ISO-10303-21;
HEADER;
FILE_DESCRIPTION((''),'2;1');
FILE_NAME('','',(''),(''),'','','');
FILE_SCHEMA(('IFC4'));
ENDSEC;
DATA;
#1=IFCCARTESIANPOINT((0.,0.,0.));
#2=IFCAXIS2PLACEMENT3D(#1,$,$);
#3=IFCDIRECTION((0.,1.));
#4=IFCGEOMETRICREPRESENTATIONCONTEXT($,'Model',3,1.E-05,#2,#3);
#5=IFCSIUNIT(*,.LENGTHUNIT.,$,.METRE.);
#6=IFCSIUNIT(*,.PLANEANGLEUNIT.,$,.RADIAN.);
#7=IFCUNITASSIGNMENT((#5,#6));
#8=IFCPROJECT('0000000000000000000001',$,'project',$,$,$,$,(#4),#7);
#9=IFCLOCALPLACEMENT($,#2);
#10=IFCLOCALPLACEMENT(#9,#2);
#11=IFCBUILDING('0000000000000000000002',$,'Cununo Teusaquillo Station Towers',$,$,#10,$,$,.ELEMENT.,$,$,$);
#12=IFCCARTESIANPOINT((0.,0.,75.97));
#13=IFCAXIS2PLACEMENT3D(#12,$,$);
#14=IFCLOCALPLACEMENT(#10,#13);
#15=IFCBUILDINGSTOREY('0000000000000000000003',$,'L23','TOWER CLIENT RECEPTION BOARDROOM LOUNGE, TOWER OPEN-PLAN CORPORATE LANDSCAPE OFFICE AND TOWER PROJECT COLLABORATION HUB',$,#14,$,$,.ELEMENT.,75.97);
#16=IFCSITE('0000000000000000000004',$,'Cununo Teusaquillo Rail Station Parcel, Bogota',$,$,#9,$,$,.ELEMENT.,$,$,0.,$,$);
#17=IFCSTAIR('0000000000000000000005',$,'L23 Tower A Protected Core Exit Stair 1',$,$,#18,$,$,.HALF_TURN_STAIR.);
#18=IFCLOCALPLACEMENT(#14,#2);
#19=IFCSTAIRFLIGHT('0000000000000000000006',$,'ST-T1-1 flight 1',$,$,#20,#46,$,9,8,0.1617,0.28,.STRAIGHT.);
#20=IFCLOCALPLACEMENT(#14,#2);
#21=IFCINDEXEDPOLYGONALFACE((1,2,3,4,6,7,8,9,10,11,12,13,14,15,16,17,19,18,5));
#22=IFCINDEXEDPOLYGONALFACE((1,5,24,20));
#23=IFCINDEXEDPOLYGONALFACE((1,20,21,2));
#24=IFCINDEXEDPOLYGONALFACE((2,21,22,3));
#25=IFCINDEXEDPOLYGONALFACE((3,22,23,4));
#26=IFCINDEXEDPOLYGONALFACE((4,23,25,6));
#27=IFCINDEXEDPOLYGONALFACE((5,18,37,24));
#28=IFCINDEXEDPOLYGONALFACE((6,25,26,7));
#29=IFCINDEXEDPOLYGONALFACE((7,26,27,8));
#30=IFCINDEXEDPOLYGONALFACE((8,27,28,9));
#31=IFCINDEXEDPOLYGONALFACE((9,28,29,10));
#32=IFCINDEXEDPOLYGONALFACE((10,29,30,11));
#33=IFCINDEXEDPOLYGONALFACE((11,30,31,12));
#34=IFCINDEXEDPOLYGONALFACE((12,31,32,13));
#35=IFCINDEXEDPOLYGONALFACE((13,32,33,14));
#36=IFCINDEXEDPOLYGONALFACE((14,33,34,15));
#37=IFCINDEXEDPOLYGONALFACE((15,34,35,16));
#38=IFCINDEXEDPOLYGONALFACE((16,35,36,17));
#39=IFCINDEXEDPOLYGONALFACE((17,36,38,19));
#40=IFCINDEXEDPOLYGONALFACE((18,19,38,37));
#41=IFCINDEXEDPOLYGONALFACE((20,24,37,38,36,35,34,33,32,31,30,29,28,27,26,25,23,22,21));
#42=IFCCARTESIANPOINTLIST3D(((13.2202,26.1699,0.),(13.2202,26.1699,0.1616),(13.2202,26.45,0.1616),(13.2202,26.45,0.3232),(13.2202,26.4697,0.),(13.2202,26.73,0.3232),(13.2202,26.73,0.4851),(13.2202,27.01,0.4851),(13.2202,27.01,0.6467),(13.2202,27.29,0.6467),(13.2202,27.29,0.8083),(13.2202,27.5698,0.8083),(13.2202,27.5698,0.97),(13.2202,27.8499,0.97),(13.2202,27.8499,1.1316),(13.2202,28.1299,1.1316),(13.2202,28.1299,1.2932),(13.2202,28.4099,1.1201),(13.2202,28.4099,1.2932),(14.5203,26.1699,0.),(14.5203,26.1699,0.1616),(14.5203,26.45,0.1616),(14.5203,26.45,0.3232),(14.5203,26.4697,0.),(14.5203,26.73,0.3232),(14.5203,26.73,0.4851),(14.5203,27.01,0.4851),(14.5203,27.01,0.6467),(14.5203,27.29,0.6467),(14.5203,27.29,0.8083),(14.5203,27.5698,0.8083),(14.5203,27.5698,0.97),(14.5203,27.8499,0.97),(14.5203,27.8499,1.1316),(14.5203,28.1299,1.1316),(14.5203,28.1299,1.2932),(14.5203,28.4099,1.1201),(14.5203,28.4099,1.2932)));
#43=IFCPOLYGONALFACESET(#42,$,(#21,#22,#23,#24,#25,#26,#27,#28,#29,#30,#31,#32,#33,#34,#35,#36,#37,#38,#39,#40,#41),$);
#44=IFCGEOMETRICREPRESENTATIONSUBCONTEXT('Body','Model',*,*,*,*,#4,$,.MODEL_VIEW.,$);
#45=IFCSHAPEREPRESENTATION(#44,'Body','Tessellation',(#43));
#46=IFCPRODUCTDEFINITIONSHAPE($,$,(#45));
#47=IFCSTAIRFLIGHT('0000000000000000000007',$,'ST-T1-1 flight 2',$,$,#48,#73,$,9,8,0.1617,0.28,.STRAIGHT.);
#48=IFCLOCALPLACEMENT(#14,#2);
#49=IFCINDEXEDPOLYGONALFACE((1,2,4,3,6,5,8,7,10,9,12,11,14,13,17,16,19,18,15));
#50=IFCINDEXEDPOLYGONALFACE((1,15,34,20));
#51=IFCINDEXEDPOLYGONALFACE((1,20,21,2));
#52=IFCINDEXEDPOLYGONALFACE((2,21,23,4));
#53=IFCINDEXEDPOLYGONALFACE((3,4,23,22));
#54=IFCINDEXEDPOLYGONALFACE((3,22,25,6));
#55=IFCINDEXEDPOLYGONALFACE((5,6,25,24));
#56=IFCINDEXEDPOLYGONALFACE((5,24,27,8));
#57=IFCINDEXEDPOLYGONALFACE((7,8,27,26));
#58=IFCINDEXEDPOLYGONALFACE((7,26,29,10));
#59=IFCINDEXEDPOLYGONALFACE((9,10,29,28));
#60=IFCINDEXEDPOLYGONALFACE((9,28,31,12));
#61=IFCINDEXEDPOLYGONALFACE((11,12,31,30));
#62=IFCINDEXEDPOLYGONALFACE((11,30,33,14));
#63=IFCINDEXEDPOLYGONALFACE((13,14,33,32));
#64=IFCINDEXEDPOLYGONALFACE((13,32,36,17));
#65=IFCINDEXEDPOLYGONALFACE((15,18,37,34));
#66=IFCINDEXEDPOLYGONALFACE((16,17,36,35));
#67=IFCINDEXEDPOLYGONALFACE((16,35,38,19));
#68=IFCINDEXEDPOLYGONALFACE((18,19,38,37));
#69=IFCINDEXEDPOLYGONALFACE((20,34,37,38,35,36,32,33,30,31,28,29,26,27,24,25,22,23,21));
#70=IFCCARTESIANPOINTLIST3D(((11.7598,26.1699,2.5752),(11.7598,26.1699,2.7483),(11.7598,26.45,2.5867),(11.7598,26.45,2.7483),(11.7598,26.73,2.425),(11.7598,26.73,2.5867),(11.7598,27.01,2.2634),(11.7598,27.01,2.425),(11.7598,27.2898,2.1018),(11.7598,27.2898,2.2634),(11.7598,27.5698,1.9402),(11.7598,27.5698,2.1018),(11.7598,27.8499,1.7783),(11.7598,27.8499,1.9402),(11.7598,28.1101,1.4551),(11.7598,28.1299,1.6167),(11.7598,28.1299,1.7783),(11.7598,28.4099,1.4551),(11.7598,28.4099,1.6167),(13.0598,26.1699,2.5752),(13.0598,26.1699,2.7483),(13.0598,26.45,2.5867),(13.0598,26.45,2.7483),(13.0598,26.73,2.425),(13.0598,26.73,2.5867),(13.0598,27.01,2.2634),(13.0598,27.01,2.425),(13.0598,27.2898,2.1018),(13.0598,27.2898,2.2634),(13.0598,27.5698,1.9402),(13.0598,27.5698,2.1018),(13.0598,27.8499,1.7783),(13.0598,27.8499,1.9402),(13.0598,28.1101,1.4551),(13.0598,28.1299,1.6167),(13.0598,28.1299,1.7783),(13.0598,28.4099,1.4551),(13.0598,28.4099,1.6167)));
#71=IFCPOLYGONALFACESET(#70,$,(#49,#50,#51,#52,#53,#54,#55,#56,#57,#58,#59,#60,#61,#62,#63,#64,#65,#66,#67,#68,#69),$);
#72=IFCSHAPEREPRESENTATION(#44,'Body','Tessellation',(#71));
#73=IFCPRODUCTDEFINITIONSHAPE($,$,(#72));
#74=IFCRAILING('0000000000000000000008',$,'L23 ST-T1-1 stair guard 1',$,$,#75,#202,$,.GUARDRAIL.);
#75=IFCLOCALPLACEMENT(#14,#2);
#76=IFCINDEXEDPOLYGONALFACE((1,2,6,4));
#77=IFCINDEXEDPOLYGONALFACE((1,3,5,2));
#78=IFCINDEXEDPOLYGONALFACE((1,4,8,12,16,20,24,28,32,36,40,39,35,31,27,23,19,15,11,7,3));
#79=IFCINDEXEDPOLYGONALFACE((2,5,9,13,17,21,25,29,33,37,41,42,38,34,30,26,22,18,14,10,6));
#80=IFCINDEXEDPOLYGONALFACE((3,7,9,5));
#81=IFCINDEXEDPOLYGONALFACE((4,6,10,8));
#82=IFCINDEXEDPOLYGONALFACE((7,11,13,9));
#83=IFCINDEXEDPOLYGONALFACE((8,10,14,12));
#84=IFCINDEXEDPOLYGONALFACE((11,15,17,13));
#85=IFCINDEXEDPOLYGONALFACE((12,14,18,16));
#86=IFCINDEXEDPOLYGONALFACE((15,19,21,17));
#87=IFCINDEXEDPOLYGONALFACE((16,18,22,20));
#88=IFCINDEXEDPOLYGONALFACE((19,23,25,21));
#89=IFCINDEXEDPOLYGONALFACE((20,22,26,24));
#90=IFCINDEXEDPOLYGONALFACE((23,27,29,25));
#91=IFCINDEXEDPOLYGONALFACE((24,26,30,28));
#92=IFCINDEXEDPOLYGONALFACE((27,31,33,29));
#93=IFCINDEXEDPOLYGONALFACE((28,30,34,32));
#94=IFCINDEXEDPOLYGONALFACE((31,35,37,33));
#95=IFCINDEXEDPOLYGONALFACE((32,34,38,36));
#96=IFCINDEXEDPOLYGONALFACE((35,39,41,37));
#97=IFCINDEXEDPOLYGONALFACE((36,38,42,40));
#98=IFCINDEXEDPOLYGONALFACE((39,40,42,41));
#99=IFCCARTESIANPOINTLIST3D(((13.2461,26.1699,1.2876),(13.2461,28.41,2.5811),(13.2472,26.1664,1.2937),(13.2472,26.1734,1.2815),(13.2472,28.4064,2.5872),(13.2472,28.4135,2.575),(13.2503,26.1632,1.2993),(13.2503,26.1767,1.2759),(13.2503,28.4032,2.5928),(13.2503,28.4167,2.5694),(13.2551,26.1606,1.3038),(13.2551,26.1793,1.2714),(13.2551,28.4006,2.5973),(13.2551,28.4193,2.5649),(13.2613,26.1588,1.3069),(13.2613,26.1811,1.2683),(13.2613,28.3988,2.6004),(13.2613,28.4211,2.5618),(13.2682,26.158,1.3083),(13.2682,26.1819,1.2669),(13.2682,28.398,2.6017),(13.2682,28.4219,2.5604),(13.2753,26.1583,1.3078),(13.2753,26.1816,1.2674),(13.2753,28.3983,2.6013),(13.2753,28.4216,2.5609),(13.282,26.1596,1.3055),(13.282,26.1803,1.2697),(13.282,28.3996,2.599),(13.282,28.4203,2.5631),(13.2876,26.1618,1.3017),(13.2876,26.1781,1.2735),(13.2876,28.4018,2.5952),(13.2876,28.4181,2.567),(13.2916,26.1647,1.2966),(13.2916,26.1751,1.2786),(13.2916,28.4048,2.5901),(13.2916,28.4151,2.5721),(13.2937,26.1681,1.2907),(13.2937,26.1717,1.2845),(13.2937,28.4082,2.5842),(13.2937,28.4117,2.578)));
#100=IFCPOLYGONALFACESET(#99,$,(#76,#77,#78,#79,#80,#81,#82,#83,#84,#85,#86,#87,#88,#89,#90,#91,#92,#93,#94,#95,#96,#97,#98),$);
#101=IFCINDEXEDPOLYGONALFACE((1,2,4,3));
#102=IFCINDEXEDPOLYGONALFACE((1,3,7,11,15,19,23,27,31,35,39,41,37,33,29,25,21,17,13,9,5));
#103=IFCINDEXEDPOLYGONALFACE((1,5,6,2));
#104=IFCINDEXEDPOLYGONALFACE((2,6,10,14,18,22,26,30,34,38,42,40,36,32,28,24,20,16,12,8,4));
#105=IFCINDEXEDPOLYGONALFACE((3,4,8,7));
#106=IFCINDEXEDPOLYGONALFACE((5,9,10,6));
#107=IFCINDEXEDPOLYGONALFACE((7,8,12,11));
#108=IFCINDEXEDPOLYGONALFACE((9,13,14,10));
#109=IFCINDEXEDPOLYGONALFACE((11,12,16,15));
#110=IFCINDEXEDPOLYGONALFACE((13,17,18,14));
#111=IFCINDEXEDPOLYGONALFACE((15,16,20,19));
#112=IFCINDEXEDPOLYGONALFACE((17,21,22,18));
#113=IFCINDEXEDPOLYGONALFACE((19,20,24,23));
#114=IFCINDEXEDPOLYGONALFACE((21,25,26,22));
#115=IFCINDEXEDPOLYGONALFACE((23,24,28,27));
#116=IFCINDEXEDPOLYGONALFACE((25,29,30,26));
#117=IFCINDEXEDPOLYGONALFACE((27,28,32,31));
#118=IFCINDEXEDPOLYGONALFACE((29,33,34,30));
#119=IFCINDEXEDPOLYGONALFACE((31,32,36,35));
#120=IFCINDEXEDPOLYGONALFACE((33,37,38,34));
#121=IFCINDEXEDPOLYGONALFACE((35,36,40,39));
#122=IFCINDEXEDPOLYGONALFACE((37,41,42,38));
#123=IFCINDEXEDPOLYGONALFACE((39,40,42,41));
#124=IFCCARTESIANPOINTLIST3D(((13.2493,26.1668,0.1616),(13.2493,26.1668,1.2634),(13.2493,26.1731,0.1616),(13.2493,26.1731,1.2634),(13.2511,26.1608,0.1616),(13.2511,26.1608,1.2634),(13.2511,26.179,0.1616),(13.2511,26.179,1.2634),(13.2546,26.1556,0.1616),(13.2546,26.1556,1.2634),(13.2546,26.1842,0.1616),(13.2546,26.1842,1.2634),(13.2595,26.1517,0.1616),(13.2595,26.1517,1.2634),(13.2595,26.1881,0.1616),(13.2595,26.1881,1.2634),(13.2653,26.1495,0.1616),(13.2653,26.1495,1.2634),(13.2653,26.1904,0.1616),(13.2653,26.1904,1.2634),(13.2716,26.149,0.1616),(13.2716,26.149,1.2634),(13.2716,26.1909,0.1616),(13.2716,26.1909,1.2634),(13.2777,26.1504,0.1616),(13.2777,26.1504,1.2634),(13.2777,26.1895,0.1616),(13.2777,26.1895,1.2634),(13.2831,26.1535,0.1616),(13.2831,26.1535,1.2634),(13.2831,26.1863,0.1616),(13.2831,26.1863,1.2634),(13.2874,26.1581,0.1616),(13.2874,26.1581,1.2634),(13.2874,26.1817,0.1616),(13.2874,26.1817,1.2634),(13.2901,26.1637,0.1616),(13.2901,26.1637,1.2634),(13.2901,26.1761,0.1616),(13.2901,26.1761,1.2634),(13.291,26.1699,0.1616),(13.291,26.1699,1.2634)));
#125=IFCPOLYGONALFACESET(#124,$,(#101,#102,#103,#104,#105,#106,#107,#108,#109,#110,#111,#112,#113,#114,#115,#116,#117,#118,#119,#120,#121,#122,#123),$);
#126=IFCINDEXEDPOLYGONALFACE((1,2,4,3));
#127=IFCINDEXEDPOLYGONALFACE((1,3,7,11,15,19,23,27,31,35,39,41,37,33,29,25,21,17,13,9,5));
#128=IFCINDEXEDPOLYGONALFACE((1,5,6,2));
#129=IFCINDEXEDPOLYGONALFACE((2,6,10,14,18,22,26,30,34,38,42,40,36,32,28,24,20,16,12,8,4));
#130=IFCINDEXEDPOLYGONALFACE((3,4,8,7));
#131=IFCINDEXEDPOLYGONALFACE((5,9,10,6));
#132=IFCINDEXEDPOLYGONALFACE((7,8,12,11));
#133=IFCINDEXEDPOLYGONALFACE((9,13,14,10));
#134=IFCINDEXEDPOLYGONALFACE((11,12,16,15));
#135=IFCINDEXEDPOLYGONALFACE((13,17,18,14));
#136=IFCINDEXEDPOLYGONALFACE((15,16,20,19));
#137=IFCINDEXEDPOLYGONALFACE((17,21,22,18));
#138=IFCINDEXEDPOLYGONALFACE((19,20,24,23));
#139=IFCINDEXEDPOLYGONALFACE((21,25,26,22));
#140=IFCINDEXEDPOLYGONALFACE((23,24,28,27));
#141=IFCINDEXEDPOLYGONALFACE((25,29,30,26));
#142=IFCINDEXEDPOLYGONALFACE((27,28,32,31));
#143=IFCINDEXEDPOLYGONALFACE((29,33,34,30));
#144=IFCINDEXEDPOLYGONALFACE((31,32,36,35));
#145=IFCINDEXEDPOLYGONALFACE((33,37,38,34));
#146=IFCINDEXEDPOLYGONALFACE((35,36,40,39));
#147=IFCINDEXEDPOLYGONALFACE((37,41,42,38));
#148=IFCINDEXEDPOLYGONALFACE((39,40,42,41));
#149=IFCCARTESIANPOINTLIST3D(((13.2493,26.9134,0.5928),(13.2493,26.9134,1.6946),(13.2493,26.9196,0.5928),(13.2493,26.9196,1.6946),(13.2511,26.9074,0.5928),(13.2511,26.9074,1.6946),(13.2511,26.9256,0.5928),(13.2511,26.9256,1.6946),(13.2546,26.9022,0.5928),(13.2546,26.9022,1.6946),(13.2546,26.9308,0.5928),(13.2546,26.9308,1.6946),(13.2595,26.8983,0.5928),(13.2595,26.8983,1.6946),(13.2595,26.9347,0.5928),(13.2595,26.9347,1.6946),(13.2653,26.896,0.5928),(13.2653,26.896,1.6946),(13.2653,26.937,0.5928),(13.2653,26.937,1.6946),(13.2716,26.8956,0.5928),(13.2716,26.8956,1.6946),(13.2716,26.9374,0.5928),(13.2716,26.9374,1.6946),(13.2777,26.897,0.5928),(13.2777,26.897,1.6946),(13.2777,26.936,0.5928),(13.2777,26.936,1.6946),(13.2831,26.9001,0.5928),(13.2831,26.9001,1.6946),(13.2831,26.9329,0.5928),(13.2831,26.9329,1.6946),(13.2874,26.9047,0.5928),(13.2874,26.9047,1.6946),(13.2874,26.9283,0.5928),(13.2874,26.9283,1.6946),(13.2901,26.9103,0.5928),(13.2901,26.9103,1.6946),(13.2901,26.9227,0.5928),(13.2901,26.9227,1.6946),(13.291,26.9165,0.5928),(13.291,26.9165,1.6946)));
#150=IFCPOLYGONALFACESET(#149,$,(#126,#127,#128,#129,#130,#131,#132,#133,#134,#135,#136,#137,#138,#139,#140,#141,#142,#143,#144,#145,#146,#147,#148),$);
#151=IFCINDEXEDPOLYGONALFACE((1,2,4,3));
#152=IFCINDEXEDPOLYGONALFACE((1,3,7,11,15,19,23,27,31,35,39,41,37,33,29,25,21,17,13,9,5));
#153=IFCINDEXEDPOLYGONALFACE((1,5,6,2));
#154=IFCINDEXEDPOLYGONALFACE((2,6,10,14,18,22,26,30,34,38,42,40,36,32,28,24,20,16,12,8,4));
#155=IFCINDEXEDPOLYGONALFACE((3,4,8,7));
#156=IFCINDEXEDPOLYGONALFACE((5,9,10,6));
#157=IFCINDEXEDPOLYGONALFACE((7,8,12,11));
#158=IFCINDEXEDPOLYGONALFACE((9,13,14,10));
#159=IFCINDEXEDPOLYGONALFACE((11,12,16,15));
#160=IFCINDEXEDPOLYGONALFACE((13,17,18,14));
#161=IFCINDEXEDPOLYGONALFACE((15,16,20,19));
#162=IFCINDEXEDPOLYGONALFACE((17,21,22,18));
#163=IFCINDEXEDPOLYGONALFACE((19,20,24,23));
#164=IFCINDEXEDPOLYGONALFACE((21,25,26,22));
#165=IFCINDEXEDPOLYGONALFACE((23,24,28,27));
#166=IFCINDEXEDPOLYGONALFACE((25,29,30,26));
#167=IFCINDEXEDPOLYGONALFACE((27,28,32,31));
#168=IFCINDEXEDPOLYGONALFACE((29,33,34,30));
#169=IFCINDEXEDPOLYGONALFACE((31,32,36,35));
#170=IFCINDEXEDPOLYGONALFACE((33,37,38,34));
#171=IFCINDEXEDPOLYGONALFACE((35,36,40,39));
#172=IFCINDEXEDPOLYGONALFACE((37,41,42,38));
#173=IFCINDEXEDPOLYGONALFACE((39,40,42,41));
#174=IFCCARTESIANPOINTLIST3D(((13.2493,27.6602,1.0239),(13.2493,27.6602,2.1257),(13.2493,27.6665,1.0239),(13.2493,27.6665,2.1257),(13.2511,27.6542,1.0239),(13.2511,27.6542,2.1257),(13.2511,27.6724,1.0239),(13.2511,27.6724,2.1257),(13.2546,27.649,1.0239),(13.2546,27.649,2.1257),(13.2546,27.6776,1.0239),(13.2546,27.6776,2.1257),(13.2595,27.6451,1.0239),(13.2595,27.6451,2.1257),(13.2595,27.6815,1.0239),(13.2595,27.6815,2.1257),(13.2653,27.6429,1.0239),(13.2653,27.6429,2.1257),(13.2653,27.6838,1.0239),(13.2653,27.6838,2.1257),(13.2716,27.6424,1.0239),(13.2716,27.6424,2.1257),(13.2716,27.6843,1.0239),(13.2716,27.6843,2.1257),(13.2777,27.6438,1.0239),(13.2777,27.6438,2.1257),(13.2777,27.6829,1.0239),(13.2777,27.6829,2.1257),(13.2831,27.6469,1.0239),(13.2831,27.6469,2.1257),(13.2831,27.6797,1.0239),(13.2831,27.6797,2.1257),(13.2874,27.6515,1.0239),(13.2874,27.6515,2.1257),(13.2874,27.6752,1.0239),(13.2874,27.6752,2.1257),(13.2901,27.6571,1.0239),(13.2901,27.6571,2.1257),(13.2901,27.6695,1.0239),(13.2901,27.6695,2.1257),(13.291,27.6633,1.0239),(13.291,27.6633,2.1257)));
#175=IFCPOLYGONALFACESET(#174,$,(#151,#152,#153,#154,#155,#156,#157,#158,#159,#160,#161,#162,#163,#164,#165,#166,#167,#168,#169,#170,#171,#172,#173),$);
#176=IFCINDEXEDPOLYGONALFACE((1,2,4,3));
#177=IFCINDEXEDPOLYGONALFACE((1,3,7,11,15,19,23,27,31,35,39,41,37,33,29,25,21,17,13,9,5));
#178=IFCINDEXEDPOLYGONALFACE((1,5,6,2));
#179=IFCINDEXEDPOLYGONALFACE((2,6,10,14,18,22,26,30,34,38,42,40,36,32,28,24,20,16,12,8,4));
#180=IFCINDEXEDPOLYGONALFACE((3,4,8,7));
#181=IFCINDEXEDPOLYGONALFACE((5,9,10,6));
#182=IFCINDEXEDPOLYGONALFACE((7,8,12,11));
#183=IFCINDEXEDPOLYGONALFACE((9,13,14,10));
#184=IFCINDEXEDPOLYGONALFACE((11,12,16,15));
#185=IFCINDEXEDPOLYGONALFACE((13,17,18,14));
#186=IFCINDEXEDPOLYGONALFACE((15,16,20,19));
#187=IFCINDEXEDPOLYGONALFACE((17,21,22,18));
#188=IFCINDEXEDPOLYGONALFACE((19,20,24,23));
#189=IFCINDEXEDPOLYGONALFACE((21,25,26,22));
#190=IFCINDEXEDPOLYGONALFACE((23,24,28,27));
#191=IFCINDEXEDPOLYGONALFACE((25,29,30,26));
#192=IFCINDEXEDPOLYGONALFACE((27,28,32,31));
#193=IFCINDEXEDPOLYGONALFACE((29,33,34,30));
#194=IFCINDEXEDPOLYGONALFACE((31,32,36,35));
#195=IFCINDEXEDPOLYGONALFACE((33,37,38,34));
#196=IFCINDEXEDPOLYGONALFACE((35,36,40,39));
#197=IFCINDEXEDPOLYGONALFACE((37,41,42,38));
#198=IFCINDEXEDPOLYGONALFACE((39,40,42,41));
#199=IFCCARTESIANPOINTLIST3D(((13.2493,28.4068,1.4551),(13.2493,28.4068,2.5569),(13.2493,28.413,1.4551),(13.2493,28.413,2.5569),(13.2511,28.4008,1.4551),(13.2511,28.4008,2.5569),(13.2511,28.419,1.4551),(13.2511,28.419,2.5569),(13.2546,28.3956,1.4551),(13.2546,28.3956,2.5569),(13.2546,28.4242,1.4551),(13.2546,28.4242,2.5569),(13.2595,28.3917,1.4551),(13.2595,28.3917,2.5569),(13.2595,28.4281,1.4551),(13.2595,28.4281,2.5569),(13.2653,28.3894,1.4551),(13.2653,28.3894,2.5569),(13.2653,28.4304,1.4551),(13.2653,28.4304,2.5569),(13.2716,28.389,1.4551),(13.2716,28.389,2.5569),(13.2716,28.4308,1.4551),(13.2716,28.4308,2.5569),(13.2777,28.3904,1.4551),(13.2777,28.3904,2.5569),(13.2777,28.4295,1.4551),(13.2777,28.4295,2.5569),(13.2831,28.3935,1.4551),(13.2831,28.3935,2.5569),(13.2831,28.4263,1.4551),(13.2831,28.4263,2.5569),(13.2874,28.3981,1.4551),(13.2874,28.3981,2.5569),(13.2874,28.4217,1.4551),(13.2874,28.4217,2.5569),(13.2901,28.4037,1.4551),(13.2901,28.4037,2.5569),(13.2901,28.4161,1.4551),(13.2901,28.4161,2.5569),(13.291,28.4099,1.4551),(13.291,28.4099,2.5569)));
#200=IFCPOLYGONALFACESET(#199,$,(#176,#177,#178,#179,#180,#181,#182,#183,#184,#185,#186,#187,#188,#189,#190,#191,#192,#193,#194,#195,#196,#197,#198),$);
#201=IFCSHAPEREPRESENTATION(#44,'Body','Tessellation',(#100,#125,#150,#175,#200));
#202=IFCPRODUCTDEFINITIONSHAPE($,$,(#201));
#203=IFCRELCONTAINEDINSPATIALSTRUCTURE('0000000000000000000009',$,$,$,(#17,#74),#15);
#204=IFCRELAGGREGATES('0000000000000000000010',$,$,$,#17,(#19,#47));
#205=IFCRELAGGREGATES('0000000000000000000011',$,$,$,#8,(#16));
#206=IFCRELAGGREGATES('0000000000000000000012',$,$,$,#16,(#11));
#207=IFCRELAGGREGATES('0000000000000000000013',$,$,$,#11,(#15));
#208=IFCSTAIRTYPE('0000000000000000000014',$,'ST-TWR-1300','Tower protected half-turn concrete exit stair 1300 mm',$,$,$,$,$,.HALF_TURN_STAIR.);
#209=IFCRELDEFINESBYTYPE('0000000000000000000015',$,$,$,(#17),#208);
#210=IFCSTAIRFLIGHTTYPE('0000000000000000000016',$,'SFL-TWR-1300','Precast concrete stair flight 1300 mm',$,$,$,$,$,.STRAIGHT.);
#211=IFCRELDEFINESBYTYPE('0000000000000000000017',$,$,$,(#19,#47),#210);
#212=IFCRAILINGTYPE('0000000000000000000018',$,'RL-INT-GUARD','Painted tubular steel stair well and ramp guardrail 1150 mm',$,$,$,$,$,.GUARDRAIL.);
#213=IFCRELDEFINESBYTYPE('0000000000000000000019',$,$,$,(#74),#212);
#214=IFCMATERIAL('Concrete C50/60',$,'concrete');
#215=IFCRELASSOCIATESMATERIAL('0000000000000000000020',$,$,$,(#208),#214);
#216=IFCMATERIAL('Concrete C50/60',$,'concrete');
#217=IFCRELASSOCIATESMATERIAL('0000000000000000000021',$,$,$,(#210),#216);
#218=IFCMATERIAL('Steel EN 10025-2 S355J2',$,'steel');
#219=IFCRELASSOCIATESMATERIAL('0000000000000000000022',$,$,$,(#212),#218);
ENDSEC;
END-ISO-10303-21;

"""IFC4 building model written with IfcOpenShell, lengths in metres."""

from ifc_helpers import new_model, si_unit, direction, frame, origin, origin_2d, place, context, subcontext, project, spatial, polyline, circle, outline, extrude, material, type_object, element, aggregate, save


model = new_model("IFC4")

# Units and contexts
model_context = context("Model", 3, precision=1e-05, world=origin(), true_north=direction((0.0, 1.0)))
body_context = subcontext(model_context, "Body", "Model", "MODEL_VIEW")
ifc_project = project(units=[si_unit("LENGTHUNIT", "METRE"), si_unit("PLANEANGLEUNIT", "RADIAN")], contexts=[model_context])

# Site, building, storey
site_placement = place(None, origin())
site = spatial("IfcSite", under=ifc_project, at=site_placement, Name="Cununo Teusaquillo Rail Station Parcel, Bogota", CompositionType="ELEMENT", RefElevation=0.0)
building_placement = place(site_placement, origin())
building = spatial("IfcBuilding", under=site, at=building_placement, Name="Cununo Teusaquillo Station Towers", CompositionType="ELEMENT")
storey_placement = place(building_placement, frame((0.0, 0.0, 75.97)))
storey = spatial("IfcBuildingStorey", under=building, at=storey_placement, Name="L23", Description="TOWER CLIENT RECEPTION BOARDROOM LOUNGE, TOWER OPEN-PLAN CORPORATE LANDSCAPE OFFICE AND TOWER PROJECT COLLABORATION HUB", CompositionType="ELEMENT", Elevation=75.97)

# Stair, stair flights
ifc_material_1 = material(Name="Concrete C50/60", Category="concrete")
stair_type = type_object("IfcStairType", Name="ST-TWR-1300", Description="Tower protected half-turn concrete exit stair 1300 mm", PredefinedType="HALF_TURN_STAIR", material=ifc_material_1)
stair_placement = place(storey_placement, origin())
stair = element("IfcStair", 1, at=stair_placement, inside=storey, type_object=stair_type, Name="L23 Tower A Protected Core Exit Stair 1", PredefinedType="HALF_TURN_STAIR")
ifc_material_2 = material(Name="Concrete C50/60", Category="concrete")
stair_flight_type = type_object("IfcStairFlightType", Name="SFL-TWR-1300", Description="Precast concrete stair flight 1300 mm", PredefinedType="STRAIGHT", material=ifc_material_2)
stair_flight_1_placement = place(storey_placement, frame((13.8701, 26.1699, 0.0), z_axis=(0.0, 0.0, 1.0), x_axis=(0.0, 1.0, 0.0)))
stair_flight_1 = element("IfcStairFlight", 2, at=stair_flight_1_placement, type_object=stair_flight_type, Name="ST-T1-1 flight 1", NumberOfRisers=9, NumberOfTreads=8, PredefinedType="STRAIGHT", RiserHeight=0.1617, TreadLength=0.28, context=body_context, shape_type="SweptSolid", body=[
    extrude(outline(polyline([(0.0, 0.0), (0.0, 0.1616), (0.28, 0.1616), (0.28, 0.3232), (0.5601, 0.3232), (0.5601, 0.4851), (0.8401, 0.4851), (0.8401, 0.6467), (1.1201, 0.6467), (1.1201, 0.8083), (1.3999, 0.8083), (1.3999, 0.97), (1.6799, 0.97), (1.6799, 1.1316), (1.96, 1.1316), (1.96, 1.2932), (2.24, 1.2932), (2.24, 1.4551), (2.24, 1.1201), (0.2998, 0.0), (0.0, 0.0)])), frame((0.0, 0.6499, 0.0), z_axis=(0.0, -1.0, 0.0), x_axis=(1.0, 0.0, 0.0)), (0.0, 0.0, 1.0), 1.3),
])
stair_flight_2_placement = place(storey_placement, frame((12.4099, 28.4099, 1.4551), z_axis=(0.0, 0.0, 1.0), x_axis=(0.0, -1.0, 0.0)))
stair_flight_2 = element("IfcStairFlight", 3, at=stair_flight_2_placement, type_object=stair_flight_type, Name="ST-T1-1 flight 2", NumberOfRisers=9, NumberOfTreads=8, PredefinedType="STRAIGHT", RiserHeight=0.1617, TreadLength=0.28, context=body_context, shape_type="SweptSolid", body=[
    extrude(outline(polyline([(0.0, 0.0), (0.0, 0.1616), (0.28, 0.1616), (0.28, 0.3232), (0.5601, 0.3232), (0.5601, 0.4851), (0.8401, 0.4851), (0.8401, 0.6467), (1.1201, 0.6467), (1.1201, 0.8083), (1.3999, 0.8083), (1.3999, 0.97), (1.6799, 0.97), (1.6799, 1.1316), (1.96, 1.1316), (1.96, 1.2932), (2.24, 1.2932), (2.24, 1.4551), (2.24, 1.1201), (0.2998, 0.0), (0.0, 0.0)])), frame((0.0, 0.6499, 0.0), z_axis=(0.0, -1.0, 0.0), x_axis=(1.0, 0.0, 0.0)), (0.0, 0.0, 1.0), 1.3),
])
aggregate(stair, [stair_flight_1, stair_flight_2])

# Railing
ifc_material_3 = material(Name="Steel EN 10025-2 S355J2", Category="steel")
railing_type_1 = type_object("IfcRailingType", Name="RL-INT-GUARD", Description="Painted tubular steel stair well and ramp guardrail 1150 mm", PredefinedType="GUARDRAIL", material=ifc_material_3)
railing_1_placement = place(storey_placement, frame((13.27, 26.1699, 0.1616)))
element("IfcRailing", 4, at=railing_1_placement, inside=storey, type_object=railing_type_1, Name="L23 ST-T1-1 stair guard 1", PredefinedType="GUARDRAIL", context=body_context, shape_type="SweptSolid", body=[
    extrude(circle(Radius=0.0239, at=origin_2d()), frame((0.0, 0.0, 1.126), z_axis=(0.0, 0.865992, 0.500057), x_axis=(-1.0, 0.0, 0.0)), (0.0, 0.0, 1.0), 2.5867),
    extrude(circle(Radius=0.021, at=origin_2d()), origin(), (0.0, 0.0, 1.0), 1.1018),
    extrude(circle(Radius=0.021, at=origin_2d()), frame((0.0, 0.7466, 0.4312)), (0.0, 0.0, 1.0), 1.1018),
    extrude(circle(Radius=0.021, at=origin_2d()), frame((0.0, 1.4934, 0.8623)), (0.0, 0.0, 1.0), 1.1018),
    extrude(circle(Radius=0.021, at=origin_2d()), frame((0.0, 2.24, 1.2935)), (0.0, 0.0, 1.0), 1.1018),
])

save(model, "model.ifc")
